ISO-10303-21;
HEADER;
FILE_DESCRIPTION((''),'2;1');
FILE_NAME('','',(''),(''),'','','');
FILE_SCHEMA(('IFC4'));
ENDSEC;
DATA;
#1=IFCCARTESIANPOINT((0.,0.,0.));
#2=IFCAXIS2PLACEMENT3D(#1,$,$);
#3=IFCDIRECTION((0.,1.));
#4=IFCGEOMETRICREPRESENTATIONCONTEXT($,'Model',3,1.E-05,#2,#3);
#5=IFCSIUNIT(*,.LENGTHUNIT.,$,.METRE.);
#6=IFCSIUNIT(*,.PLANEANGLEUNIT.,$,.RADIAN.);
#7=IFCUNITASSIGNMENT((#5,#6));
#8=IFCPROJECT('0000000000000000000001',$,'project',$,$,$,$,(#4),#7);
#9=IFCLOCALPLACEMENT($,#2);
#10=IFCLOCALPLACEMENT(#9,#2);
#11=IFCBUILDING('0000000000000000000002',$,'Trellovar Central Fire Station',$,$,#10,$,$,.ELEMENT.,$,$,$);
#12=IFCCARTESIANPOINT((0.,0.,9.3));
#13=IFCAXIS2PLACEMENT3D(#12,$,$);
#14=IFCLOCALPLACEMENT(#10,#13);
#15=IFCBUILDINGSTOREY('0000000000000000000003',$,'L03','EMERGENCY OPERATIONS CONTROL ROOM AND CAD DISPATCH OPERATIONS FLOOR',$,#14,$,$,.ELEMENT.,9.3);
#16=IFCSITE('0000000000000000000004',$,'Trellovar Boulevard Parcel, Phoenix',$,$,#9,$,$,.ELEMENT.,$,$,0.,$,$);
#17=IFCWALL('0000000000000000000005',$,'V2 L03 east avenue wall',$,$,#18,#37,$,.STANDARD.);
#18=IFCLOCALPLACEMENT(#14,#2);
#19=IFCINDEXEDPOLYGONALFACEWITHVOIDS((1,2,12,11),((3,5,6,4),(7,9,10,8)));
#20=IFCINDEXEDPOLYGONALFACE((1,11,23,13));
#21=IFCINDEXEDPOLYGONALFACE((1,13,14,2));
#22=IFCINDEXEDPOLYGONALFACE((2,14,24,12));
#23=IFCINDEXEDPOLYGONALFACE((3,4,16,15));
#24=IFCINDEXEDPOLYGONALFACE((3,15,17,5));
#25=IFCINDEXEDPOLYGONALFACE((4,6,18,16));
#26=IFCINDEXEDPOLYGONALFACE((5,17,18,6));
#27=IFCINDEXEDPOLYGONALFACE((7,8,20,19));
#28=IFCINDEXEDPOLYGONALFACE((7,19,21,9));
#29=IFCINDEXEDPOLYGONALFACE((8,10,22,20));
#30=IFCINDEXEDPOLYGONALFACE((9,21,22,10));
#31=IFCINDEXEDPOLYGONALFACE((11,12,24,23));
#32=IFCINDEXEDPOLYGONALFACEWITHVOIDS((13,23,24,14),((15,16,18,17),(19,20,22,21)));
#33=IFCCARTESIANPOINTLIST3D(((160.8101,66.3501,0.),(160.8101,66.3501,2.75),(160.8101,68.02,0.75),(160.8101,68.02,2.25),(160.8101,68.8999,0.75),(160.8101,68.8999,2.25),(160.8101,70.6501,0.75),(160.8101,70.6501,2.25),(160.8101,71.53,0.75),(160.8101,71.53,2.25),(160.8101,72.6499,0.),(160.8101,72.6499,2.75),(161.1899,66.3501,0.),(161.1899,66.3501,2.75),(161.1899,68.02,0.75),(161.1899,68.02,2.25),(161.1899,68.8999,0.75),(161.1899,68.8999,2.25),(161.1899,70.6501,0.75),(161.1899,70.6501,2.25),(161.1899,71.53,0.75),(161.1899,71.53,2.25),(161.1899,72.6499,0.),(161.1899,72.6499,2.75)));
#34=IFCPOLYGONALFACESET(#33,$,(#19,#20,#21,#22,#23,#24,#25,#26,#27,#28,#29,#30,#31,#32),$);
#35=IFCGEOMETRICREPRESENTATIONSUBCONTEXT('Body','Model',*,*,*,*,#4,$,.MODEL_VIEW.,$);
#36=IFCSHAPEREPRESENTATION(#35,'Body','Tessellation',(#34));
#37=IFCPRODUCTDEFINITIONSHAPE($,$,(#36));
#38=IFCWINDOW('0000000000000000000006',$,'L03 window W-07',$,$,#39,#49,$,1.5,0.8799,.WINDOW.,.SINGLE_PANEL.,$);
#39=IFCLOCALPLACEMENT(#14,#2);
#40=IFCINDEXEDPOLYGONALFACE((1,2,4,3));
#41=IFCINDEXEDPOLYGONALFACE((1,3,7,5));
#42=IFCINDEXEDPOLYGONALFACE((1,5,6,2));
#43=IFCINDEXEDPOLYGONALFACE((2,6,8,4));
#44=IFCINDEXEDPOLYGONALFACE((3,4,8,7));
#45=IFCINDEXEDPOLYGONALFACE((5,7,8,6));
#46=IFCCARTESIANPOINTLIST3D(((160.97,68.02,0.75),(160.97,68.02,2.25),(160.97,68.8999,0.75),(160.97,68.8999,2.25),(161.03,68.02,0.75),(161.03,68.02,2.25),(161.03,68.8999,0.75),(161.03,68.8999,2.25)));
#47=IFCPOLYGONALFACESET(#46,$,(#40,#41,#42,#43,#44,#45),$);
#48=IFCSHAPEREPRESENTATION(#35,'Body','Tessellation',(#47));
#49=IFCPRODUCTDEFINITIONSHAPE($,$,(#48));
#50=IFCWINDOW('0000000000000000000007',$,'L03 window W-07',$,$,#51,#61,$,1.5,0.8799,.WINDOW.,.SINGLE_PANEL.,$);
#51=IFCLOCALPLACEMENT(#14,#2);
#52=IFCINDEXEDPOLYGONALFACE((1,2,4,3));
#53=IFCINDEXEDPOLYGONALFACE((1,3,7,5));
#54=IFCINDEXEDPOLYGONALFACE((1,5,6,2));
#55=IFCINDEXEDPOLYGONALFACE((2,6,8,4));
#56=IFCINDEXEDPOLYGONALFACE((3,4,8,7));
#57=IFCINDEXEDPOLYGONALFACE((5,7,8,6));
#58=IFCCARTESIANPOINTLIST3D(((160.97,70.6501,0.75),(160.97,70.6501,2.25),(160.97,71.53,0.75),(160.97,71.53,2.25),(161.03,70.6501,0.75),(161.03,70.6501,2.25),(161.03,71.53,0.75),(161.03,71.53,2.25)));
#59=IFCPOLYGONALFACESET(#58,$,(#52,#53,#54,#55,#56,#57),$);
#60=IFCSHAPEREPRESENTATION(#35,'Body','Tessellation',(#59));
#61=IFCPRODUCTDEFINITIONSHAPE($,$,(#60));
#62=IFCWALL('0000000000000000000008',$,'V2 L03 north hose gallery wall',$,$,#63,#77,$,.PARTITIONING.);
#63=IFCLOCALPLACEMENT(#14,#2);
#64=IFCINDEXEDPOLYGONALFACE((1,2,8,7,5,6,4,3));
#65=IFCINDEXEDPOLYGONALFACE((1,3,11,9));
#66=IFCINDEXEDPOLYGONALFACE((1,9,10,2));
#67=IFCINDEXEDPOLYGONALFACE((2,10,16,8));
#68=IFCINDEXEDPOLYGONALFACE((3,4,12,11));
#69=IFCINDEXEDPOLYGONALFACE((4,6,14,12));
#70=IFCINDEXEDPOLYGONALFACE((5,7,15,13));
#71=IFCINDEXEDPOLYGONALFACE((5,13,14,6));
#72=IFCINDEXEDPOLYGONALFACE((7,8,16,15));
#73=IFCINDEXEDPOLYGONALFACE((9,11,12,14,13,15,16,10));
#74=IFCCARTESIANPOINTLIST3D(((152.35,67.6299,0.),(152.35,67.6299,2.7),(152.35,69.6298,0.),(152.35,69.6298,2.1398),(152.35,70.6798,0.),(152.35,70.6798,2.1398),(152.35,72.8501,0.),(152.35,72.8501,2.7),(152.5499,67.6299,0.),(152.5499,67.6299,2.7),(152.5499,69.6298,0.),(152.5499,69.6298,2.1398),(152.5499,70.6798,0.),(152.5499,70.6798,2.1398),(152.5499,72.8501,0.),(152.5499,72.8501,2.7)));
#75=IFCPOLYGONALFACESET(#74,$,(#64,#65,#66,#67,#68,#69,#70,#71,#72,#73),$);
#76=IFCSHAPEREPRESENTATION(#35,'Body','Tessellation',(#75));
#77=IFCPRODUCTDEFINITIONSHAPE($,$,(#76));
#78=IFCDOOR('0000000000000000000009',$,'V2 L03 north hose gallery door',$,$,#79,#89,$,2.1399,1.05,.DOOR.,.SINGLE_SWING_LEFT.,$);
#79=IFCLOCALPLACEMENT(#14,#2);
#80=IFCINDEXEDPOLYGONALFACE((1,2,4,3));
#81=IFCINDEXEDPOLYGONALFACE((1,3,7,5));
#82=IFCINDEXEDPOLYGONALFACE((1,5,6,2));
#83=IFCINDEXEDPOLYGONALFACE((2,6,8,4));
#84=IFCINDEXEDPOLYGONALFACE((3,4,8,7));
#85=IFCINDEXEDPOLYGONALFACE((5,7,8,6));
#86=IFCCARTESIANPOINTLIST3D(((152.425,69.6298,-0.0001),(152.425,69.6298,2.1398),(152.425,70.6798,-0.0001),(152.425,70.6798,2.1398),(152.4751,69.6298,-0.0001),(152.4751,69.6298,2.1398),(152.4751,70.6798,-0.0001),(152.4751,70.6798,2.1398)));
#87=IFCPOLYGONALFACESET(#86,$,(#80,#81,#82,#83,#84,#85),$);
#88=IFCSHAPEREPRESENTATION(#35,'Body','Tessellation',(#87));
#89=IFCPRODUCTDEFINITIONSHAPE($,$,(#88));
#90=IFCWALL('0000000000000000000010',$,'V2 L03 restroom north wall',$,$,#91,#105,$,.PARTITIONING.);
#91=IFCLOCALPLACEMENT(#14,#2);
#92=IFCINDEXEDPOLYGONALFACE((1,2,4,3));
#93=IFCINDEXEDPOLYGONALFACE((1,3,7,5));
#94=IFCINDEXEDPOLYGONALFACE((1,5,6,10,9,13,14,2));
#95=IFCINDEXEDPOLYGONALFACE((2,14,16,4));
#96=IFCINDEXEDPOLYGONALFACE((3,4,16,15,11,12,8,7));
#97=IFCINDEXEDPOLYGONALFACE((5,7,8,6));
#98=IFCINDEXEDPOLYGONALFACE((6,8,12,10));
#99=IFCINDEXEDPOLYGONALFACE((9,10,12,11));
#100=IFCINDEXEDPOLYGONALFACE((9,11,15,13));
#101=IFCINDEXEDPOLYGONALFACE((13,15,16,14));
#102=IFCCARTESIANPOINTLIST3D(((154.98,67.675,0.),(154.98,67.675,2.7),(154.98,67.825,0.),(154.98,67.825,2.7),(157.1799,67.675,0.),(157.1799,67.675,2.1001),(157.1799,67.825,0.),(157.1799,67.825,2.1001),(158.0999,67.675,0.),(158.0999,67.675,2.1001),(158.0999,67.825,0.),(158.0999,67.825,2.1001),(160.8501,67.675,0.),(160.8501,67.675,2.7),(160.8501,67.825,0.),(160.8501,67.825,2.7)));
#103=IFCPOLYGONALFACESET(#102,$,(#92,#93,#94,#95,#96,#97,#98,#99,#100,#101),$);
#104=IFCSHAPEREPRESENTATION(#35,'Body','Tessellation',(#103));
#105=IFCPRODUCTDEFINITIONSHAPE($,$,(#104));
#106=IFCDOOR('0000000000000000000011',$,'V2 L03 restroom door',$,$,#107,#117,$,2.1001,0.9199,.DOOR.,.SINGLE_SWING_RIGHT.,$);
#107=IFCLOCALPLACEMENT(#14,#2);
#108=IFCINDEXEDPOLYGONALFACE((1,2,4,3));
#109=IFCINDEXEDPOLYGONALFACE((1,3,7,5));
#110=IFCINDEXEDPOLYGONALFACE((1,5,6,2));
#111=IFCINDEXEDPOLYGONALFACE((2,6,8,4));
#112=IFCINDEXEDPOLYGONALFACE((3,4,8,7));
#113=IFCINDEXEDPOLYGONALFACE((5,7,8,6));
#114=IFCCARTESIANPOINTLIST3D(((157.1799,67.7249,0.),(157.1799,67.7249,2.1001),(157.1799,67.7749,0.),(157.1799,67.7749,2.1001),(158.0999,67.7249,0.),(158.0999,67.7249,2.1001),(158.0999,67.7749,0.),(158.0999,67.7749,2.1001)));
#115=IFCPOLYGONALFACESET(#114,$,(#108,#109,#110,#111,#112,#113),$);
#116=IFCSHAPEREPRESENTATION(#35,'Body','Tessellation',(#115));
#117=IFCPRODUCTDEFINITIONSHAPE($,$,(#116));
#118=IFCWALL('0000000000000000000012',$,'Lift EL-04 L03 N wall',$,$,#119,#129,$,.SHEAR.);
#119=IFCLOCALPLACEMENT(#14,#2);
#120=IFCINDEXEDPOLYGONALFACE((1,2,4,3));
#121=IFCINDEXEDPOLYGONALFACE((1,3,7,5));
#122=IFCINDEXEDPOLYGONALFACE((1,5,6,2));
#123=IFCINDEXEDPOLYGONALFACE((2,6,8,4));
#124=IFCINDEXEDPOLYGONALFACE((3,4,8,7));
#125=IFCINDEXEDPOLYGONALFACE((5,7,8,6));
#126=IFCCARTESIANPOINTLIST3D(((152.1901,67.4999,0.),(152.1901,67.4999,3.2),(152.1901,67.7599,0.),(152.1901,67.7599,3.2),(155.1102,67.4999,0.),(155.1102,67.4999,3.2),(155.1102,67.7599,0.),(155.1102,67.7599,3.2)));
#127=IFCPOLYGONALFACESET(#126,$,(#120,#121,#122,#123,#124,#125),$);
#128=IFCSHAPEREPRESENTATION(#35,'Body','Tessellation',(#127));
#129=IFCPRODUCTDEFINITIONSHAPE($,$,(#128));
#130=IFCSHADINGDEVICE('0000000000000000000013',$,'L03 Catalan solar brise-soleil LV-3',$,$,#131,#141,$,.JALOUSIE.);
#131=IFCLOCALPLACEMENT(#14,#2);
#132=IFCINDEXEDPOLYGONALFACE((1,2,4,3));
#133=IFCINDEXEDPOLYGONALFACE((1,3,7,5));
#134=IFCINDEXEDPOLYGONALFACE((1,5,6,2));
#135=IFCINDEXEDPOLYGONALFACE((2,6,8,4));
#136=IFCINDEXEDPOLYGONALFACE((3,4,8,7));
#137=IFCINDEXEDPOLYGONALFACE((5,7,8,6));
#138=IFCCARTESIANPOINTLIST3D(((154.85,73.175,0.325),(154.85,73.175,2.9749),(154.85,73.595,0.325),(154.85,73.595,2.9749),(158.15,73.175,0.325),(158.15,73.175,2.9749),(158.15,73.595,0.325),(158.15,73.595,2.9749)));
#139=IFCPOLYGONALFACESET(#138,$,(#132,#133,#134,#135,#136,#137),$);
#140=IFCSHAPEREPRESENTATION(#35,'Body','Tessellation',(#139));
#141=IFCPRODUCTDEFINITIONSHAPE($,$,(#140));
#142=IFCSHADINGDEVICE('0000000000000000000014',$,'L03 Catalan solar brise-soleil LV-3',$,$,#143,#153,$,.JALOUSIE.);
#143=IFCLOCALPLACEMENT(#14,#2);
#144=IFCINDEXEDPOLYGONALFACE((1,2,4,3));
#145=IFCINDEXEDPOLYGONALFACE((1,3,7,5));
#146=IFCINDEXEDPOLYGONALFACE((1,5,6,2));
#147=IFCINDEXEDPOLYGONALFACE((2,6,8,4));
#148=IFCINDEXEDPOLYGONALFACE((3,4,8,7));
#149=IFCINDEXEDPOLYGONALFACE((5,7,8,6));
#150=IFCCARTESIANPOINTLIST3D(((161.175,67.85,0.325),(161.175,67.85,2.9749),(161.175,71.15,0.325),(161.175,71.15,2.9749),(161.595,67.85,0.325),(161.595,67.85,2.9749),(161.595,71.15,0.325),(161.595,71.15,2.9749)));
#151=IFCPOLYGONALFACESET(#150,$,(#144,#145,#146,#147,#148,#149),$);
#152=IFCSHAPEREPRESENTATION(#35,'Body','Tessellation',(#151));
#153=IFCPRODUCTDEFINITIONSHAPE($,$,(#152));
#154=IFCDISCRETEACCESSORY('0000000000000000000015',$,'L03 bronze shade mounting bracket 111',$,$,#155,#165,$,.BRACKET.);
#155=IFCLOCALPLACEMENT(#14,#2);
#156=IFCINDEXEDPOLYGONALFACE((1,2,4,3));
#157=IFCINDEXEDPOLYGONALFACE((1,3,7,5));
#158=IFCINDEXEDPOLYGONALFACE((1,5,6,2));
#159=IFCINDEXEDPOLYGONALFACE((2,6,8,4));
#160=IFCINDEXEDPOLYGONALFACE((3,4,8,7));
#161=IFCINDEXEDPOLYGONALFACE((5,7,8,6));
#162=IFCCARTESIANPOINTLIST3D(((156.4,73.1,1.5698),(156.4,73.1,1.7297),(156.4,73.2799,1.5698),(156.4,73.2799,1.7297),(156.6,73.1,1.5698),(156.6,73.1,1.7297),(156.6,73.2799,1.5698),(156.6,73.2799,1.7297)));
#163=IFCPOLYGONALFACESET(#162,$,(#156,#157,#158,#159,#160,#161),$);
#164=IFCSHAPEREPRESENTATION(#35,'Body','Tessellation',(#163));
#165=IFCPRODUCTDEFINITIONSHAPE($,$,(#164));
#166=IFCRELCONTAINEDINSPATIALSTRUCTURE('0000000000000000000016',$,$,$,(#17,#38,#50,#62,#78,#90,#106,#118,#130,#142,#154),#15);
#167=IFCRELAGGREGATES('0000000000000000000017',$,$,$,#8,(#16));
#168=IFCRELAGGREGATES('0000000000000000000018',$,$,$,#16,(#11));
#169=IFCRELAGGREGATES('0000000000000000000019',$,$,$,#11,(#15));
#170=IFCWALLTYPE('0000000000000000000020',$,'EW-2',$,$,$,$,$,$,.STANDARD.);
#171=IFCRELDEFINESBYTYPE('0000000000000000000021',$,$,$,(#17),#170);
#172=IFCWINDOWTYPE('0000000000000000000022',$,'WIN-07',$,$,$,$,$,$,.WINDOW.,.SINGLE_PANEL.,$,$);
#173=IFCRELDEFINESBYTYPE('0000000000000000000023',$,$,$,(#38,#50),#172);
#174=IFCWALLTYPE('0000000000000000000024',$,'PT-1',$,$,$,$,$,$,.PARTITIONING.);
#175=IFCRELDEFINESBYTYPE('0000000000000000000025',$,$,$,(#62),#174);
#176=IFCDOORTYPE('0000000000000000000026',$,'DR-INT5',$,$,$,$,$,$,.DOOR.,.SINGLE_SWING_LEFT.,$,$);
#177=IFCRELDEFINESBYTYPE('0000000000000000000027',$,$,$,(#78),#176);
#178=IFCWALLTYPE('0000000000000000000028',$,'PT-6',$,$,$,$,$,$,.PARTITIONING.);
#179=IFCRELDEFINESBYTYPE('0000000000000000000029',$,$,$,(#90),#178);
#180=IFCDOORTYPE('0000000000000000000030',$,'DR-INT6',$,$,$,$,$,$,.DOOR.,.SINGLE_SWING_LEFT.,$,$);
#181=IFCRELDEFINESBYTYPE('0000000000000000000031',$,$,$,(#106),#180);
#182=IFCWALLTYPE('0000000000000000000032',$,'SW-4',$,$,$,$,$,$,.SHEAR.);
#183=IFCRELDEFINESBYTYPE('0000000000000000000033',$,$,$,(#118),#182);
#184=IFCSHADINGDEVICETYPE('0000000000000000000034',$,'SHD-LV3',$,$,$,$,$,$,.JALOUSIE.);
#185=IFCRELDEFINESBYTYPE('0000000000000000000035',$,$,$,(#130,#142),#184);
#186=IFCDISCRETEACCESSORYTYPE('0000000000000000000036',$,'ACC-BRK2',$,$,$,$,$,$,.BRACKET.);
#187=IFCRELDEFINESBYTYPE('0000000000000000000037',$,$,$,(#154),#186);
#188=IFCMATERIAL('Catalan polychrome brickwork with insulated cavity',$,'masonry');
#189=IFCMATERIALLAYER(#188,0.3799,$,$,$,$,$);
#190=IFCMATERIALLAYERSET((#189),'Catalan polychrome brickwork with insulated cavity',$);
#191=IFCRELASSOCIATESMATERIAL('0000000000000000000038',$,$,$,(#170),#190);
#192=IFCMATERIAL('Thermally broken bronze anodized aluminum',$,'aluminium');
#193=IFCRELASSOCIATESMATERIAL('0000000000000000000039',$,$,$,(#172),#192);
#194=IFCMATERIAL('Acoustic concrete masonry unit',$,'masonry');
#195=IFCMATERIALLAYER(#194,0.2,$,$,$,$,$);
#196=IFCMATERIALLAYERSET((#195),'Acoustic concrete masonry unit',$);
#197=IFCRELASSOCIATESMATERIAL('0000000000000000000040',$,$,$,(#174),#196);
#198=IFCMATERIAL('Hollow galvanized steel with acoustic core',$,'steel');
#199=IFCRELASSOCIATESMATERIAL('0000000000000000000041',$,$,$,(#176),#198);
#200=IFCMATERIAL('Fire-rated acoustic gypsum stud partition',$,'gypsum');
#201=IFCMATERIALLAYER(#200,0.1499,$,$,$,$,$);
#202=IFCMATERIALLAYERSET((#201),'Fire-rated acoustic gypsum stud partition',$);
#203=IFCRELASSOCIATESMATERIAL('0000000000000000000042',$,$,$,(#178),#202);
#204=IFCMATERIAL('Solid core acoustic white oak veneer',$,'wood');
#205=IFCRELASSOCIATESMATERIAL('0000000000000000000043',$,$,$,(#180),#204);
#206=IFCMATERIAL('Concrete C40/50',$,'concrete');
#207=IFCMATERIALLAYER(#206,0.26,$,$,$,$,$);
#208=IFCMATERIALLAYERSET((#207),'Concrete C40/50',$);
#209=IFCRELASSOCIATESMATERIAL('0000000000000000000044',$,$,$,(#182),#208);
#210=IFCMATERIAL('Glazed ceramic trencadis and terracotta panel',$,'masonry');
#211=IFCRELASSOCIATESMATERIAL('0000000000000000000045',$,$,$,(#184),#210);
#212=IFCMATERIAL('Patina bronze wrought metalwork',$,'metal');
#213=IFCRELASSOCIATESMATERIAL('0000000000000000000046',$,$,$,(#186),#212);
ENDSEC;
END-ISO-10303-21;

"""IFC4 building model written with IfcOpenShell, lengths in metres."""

from ifc_helpers import new_model, si_unit, direction, frame, frame_2d, origin, origin_2d, place, context, subcontext, project, spatial, rectangle, extrude, material, layer, layer_set, type_object, element, fill, save


model = new_model("IFC4")

# Units and contexts
model_context = context("Model", 3, precision=1e-05, world=origin(), true_north=direction((0.0, 1.0)))
body_context = subcontext(model_context, "Body", "Model", "MODEL_VIEW")
ifc_project = project(units=[si_unit("LENGTHUNIT", "METRE"), si_unit("PLANEANGLEUNIT", "RADIAN")], contexts=[model_context])

# Site, building, storey
site_placement = place(None, origin())
site = spatial("IfcSite", under=ifc_project, at=site_placement, Name="Trellovar Boulevard Parcel, Phoenix", CompositionType="ELEMENT", RefElevation=0.0)
building_placement = place(site_placement, origin())
building = spatial("IfcBuilding", under=site, at=building_placement, Name="Trellovar Central Fire Station", CompositionType="ELEMENT")
storey_placement = place(building_placement, frame((0.0, 0.0, 9.3)))
storey = spatial("IfcBuildingStorey", under=building, at=storey_placement, Name="L03", Description="EMERGENCY OPERATIONS CONTROL ROOM AND CAD DISPATCH OPERATIONS FLOOR", CompositionType="ELEMENT", Elevation=9.3)

# Wall, openings, windows
ifc_material_1 = material(Name="Catalan polychrome brickwork with insulated cavity", Category="masonry")
ifc_layer_1 = layer(ifc_material_1, 0.3799)
ifc_layer_set_1 = layer_set([ifc_layer_1], Name="Catalan polychrome brickwork with insulated cavity")
wall_type_1 = type_object("IfcWallType", Name="EW-2", PredefinedType="STANDARD", material=ifc_layer_set_1)
ifc_material_2 = material(Name="Thermally broken bronze anodized aluminum", Category="aluminium")
window_type = type_object("IfcWindowType", Name="WIN-07", PartitioningType="SINGLE_PANEL", PredefinedType="WINDOW", material=ifc_material_2)
wall_1_placement = place(storey_placement, frame((161.0, 66.3501, 0.0), z_axis=(0.0, 0.0, 1.0), x_axis=(0.0, 1.0, 0.0)))
wall_1 = element("IfcWall", 1, at=wall_1_placement, inside=storey, type_object=wall_type_1, Name="V2 L03 east avenue wall", PredefinedType="STANDARD", context=body_context, shape_type="SweptSolid", body=[
    extrude(rectangle(XDim=6.2998, YDim=0.3799, at=frame_2d((3.1499, 0.0))), origin(), (0.0, 0.0, 1.0), 2.75),
])
opening_1_placement = place(wall_1_placement, frame((1.6699, 0.0, 0.75)))
opening_1 = element("IfcOpeningElement", 2, at=opening_1_placement, cuts=wall_1, PredefinedType="OPENING", context=body_context, shape_type="SweptSolid", body=[
    extrude(rectangle(XDim=0.8799, YDim=1.5, at=frame_2d((0.4399, 0.75))), frame((0.0, 0.2, 0.0), z_axis=(0.0, -1.0, 0.0), x_axis=(1.0, 0.0, 0.0)), (0.0, 0.0, 1.0), 0.3999),
])
opening_2_placement = place(wall_1_placement, frame((4.3, 0.0, 0.75)))
opening_2 = element("IfcOpeningElement", 3, at=opening_2_placement, cuts=wall_1, PredefinedType="OPENING", context=body_context, shape_type="SweptSolid", body=[
    extrude(rectangle(XDim=0.8799, YDim=1.5, at=frame_2d((0.4399, 0.75))), frame((0.0, 0.2, 0.0), z_axis=(0.0, -1.0, 0.0), x_axis=(1.0, 0.0, 0.0)), (0.0, 0.0, 1.0), 0.3999),
])
window_1_placement = place(opening_1_placement, origin())
window_1 = element("IfcWindow", 4, at=window_1_placement, inside=storey, type_object=window_type, Name="L03 window W-07", OverallHeight=1.5, OverallWidth=0.8799, PartitioningType="SINGLE_PANEL", PredefinedType="WINDOW", context=body_context, shape_type="SweptSolid", body=[
    extrude(rectangle(XDim=0.8799, YDim=1.5, at=frame_2d((0.4399, 0.75))), frame((0.0, 0.03, 0.0), z_axis=(0.0, -1.0, 0.0), x_axis=(1.0, 0.0, 0.0)), (0.0, 0.0, 1.0), 0.0601),
])
fill(opening_1, window_1)
window_2_placement = place(opening_2_placement, origin())
window_2 = element("IfcWindow", 5, at=window_2_placement, inside=storey, type_object=window_type, Name="L03 window W-07", OverallHeight=1.5, OverallWidth=0.8799, PartitioningType="SINGLE_PANEL", PredefinedType="WINDOW", context=body_context, shape_type="SweptSolid", body=[
    extrude(rectangle(XDim=0.8799, YDim=1.5, at=frame_2d((0.4399, 0.75))), frame((0.0, 0.03, 0.0), z_axis=(0.0, -1.0, 0.0), x_axis=(1.0, 0.0, 0.0)), (0.0, 0.0, 1.0), 0.0601),
])
fill(opening_2, window_2)

# Walls, openings, doors
ifc_material_3 = material(Name="Acoustic concrete masonry unit", Category="masonry")
ifc_layer_2 = layer(ifc_material_3, 0.2)
ifc_layer_set_2 = layer_set([ifc_layer_2], Name="Acoustic concrete masonry unit")
wall_type_2 = type_object("IfcWallType", Name="PT-1", PredefinedType="PARTITIONING", material=ifc_layer_set_2)
wall_2_placement = place(storey_placement, frame((152.45, 67.6299, 0.0), z_axis=(0.0, 0.0, 1.0), x_axis=(0.0, 1.0, 0.0)))
wall_2 = element("IfcWall", 6, at=wall_2_placement, inside=storey, type_object=wall_type_2, Name="V2 L03 north hose gallery wall", PredefinedType="PARTITIONING", context=body_context, shape_type="SweptSolid", body=[
    extrude(rectangle(XDim=5.2202, YDim=0.2, at=frame_2d((2.6101, 0.0))), origin(), (0.0, 0.0, 1.0), 2.7),
])
opening_3_placement = place(wall_2_placement, frame((2.0, 0.0, 0.0)))
opening_3 = element("IfcOpeningElement", 7, at=opening_3_placement, cuts=wall_2, PredefinedType="OPENING", context=body_context, shape_type="SweptSolid", body=[
    extrude(rectangle(XDim=1.05, YDim=2.1399, at=frame_2d((0.5249, 1.0698))), frame((0.0, 0.1099, 0.0), z_axis=(0.0, -1.0, 0.0), x_axis=(1.0, 0.0, 0.0)), (0.0, 0.0, 1.0), 0.22),
])
ifc_material_4 = material(Name="Hollow galvanized steel with acoustic core", Category="steel")
door_type_1 = type_object("IfcDoorType", Name="DR-INT5", OperationType="SINGLE_SWING_LEFT", PredefinedType="DOOR", material=ifc_material_4)
door_1_placement = place(opening_3_placement, origin())
door_1 = element("IfcDoor", 8, at=door_1_placement, inside=storey, type_object=door_type_1, Name="V2 L03 north hose gallery door", OperationType="SINGLE_SWING_LEFT", OverallHeight=2.1399, OverallWidth=1.05, PredefinedType="DOOR", context=body_context, shape_type="SweptSolid", body=[
    extrude(rectangle(XDim=1.05, YDim=2.1399, at=frame_2d((0.5249, 1.0698))), frame((0.0, 0.0249, 0.0), z_axis=(0.0, -1.0, 0.0), x_axis=(1.0, 0.0, 0.0)), (0.0, 0.0, 1.0), 0.05),
])
fill(opening_3, door_1)
ifc_material_5 = material(Name="Fire-rated acoustic gypsum stud partition", Category="gypsum")
ifc_layer_3 = layer(ifc_material_5, 0.1499)
ifc_layer_set_3 = layer_set([ifc_layer_3], Name="Fire-rated acoustic gypsum stud partition")
wall_type_3 = type_object("IfcWallType", Name="PT-6", PredefinedType="PARTITIONING", material=ifc_layer_set_3)
wall_3_placement = place(storey_placement, frame((154.98, 67.75, 0.0), z_axis=(0.0, 0.0, 1.0), x_axis=(1.0, 0.0, 0.0)))
wall_3 = element("IfcWall", 9, at=wall_3_placement, inside=storey, type_object=wall_type_3, Name="V2 L03 restroom north wall", PredefinedType="PARTITIONING", context=body_context, shape_type="SweptSolid", body=[
    extrude(rectangle(XDim=5.8701, YDim=0.1499, at=frame_2d((2.9351, 0.0))), origin(), (0.0, 0.0, 1.0), 2.7),
])
opening_4_placement = place(wall_3_placement, frame((2.2, 0.0, 0.0)))
opening_4 = element("IfcOpeningElement", 10, at=opening_4_placement, cuts=wall_3, PredefinedType="OPENING", context=body_context, shape_type="SweptSolid", body=[
    extrude(rectangle(XDim=0.9199, YDim=2.1001, at=frame_2d((0.46, 1.05))), frame((0.0, 0.085, 0.0), z_axis=(0.0, -1.0, 0.0), x_axis=(1.0, 0.0, 0.0)), (0.0, 0.0, 1.0), 0.1699),
])
ifc_material_6 = material(Name="Solid core acoustic white oak veneer", Category="wood")
door_type_2 = type_object("IfcDoorType", Name="DR-INT6", OperationType="SINGLE_SWING_LEFT", PredefinedType="DOOR", material=ifc_material_6)
door_2_placement = place(opening_4_placement, origin())
door_2 = element("IfcDoor", 11, at=door_2_placement, inside=storey, type_object=door_type_2, Name="V2 L03 restroom door", OperationType="SINGLE_SWING_RIGHT", OverallHeight=2.1001, OverallWidth=0.9199, PredefinedType="DOOR", context=body_context, shape_type="SweptSolid", body=[
    extrude(rectangle(XDim=0.9199, YDim=2.1001, at=frame_2d((0.46, 1.05))), frame((0.0, 0.0249, 0.0), z_axis=(0.0, -1.0, 0.0), x_axis=(1.0, 0.0, 0.0)), (0.0, 0.0, 1.0), 0.05),
])
fill(opening_4, door_2)

# Wall
ifc_material_7 = material(Name="Concrete C40/50", Category="concrete")
ifc_layer_4 = layer(ifc_material_7, 0.26)
ifc_layer_set_4 = layer_set([ifc_layer_4], Name="Concrete C40/50")
wall_type_4 = type_object("IfcWallType", Name="SW-4", PredefinedType="SHEAR", material=ifc_layer_set_4)
wall_4_placement = place(storey_placement, frame((155.1101, 67.6299, 0.0), z_axis=(0.0, 0.0, 1.0), x_axis=(-1.0, 0.0, 0.0)))
element("IfcWall", 12, at=wall_4_placement, inside=storey, type_object=wall_type_4, Name="Lift EL-04 L03 N wall", PredefinedType="SHEAR", context=body_context, shape_type="SweptSolid", body=[
    extrude(rectangle(XDim=2.9202, YDim=0.26, at=frame_2d((1.46, 0.0))), origin(), (0.0, 0.0, 1.0), 3.2),
])

# Shading devices
ifc_material_8 = material(Name="Glazed ceramic trencadis and terracotta panel", Category="masonry")
shading_device_type = type_object("IfcShadingDeviceType", Name="SHD-LV3", PredefinedType="JALOUSIE", material=ifc_material_8)
for number, where, z_axis, x_axis, name in (
    (13, (156.5, 73.385, 0.325), (0.0, 0.0, 1.0), (1.0, 0.0, 0.0), "L03 Catalan solar brise-soleil LV-3"),
    (14, (161.385, 69.5, 0.325), (0.0, 0.0, 1.0), (0.0, 1.0, 0.0), "L03 Catalan solar brise-soleil LV-3"),
):
    element("IfcShadingDevice", number, at=place(storey_placement, frame(where, z_axis=z_axis, x_axis=x_axis)), inside=storey, type_object=shading_device_type, Name=name, PredefinedType="JALOUSIE", context=body_context, shape_type="SweptSolid", body=[
        extrude(rectangle(XDim=3.3, YDim=0.4199, at=origin_2d()), origin(), (0.0, 0.0, 1.0), 2.6499),
    ])

# Discrete accessory
ifc_material_9 = material(Name="Patina bronze wrought metalwork", Category="metal")
discrete_accessory_type = type_object("IfcDiscreteAccessoryType", Name="ACC-BRK2", PredefinedType="BRACKET", material=ifc_material_9)
for number, where, z_axis, x_axis, name in (
    (15, (156.5, 73.1899, 1.5698), (0.0, 0.0, 1.0), (1.0, 0.0, 0.0), "L03 bronze shade mounting bracket 111"),
):
    element("IfcDiscreteAccessory", number, at=place(storey_placement, frame(where, z_axis=z_axis, x_axis=x_axis)), inside=storey, type_object=discrete_accessory_type, Name=name, PredefinedType="BRACKET", context=body_context, shape_type="SweptSolid", body=[
        extrude(rectangle(XDim=0.2, YDim=0.1799, at=origin_2d()), origin(), (0.0, 0.0, 1.0), 0.1599),
    ])

save(model, "model.ifc")
